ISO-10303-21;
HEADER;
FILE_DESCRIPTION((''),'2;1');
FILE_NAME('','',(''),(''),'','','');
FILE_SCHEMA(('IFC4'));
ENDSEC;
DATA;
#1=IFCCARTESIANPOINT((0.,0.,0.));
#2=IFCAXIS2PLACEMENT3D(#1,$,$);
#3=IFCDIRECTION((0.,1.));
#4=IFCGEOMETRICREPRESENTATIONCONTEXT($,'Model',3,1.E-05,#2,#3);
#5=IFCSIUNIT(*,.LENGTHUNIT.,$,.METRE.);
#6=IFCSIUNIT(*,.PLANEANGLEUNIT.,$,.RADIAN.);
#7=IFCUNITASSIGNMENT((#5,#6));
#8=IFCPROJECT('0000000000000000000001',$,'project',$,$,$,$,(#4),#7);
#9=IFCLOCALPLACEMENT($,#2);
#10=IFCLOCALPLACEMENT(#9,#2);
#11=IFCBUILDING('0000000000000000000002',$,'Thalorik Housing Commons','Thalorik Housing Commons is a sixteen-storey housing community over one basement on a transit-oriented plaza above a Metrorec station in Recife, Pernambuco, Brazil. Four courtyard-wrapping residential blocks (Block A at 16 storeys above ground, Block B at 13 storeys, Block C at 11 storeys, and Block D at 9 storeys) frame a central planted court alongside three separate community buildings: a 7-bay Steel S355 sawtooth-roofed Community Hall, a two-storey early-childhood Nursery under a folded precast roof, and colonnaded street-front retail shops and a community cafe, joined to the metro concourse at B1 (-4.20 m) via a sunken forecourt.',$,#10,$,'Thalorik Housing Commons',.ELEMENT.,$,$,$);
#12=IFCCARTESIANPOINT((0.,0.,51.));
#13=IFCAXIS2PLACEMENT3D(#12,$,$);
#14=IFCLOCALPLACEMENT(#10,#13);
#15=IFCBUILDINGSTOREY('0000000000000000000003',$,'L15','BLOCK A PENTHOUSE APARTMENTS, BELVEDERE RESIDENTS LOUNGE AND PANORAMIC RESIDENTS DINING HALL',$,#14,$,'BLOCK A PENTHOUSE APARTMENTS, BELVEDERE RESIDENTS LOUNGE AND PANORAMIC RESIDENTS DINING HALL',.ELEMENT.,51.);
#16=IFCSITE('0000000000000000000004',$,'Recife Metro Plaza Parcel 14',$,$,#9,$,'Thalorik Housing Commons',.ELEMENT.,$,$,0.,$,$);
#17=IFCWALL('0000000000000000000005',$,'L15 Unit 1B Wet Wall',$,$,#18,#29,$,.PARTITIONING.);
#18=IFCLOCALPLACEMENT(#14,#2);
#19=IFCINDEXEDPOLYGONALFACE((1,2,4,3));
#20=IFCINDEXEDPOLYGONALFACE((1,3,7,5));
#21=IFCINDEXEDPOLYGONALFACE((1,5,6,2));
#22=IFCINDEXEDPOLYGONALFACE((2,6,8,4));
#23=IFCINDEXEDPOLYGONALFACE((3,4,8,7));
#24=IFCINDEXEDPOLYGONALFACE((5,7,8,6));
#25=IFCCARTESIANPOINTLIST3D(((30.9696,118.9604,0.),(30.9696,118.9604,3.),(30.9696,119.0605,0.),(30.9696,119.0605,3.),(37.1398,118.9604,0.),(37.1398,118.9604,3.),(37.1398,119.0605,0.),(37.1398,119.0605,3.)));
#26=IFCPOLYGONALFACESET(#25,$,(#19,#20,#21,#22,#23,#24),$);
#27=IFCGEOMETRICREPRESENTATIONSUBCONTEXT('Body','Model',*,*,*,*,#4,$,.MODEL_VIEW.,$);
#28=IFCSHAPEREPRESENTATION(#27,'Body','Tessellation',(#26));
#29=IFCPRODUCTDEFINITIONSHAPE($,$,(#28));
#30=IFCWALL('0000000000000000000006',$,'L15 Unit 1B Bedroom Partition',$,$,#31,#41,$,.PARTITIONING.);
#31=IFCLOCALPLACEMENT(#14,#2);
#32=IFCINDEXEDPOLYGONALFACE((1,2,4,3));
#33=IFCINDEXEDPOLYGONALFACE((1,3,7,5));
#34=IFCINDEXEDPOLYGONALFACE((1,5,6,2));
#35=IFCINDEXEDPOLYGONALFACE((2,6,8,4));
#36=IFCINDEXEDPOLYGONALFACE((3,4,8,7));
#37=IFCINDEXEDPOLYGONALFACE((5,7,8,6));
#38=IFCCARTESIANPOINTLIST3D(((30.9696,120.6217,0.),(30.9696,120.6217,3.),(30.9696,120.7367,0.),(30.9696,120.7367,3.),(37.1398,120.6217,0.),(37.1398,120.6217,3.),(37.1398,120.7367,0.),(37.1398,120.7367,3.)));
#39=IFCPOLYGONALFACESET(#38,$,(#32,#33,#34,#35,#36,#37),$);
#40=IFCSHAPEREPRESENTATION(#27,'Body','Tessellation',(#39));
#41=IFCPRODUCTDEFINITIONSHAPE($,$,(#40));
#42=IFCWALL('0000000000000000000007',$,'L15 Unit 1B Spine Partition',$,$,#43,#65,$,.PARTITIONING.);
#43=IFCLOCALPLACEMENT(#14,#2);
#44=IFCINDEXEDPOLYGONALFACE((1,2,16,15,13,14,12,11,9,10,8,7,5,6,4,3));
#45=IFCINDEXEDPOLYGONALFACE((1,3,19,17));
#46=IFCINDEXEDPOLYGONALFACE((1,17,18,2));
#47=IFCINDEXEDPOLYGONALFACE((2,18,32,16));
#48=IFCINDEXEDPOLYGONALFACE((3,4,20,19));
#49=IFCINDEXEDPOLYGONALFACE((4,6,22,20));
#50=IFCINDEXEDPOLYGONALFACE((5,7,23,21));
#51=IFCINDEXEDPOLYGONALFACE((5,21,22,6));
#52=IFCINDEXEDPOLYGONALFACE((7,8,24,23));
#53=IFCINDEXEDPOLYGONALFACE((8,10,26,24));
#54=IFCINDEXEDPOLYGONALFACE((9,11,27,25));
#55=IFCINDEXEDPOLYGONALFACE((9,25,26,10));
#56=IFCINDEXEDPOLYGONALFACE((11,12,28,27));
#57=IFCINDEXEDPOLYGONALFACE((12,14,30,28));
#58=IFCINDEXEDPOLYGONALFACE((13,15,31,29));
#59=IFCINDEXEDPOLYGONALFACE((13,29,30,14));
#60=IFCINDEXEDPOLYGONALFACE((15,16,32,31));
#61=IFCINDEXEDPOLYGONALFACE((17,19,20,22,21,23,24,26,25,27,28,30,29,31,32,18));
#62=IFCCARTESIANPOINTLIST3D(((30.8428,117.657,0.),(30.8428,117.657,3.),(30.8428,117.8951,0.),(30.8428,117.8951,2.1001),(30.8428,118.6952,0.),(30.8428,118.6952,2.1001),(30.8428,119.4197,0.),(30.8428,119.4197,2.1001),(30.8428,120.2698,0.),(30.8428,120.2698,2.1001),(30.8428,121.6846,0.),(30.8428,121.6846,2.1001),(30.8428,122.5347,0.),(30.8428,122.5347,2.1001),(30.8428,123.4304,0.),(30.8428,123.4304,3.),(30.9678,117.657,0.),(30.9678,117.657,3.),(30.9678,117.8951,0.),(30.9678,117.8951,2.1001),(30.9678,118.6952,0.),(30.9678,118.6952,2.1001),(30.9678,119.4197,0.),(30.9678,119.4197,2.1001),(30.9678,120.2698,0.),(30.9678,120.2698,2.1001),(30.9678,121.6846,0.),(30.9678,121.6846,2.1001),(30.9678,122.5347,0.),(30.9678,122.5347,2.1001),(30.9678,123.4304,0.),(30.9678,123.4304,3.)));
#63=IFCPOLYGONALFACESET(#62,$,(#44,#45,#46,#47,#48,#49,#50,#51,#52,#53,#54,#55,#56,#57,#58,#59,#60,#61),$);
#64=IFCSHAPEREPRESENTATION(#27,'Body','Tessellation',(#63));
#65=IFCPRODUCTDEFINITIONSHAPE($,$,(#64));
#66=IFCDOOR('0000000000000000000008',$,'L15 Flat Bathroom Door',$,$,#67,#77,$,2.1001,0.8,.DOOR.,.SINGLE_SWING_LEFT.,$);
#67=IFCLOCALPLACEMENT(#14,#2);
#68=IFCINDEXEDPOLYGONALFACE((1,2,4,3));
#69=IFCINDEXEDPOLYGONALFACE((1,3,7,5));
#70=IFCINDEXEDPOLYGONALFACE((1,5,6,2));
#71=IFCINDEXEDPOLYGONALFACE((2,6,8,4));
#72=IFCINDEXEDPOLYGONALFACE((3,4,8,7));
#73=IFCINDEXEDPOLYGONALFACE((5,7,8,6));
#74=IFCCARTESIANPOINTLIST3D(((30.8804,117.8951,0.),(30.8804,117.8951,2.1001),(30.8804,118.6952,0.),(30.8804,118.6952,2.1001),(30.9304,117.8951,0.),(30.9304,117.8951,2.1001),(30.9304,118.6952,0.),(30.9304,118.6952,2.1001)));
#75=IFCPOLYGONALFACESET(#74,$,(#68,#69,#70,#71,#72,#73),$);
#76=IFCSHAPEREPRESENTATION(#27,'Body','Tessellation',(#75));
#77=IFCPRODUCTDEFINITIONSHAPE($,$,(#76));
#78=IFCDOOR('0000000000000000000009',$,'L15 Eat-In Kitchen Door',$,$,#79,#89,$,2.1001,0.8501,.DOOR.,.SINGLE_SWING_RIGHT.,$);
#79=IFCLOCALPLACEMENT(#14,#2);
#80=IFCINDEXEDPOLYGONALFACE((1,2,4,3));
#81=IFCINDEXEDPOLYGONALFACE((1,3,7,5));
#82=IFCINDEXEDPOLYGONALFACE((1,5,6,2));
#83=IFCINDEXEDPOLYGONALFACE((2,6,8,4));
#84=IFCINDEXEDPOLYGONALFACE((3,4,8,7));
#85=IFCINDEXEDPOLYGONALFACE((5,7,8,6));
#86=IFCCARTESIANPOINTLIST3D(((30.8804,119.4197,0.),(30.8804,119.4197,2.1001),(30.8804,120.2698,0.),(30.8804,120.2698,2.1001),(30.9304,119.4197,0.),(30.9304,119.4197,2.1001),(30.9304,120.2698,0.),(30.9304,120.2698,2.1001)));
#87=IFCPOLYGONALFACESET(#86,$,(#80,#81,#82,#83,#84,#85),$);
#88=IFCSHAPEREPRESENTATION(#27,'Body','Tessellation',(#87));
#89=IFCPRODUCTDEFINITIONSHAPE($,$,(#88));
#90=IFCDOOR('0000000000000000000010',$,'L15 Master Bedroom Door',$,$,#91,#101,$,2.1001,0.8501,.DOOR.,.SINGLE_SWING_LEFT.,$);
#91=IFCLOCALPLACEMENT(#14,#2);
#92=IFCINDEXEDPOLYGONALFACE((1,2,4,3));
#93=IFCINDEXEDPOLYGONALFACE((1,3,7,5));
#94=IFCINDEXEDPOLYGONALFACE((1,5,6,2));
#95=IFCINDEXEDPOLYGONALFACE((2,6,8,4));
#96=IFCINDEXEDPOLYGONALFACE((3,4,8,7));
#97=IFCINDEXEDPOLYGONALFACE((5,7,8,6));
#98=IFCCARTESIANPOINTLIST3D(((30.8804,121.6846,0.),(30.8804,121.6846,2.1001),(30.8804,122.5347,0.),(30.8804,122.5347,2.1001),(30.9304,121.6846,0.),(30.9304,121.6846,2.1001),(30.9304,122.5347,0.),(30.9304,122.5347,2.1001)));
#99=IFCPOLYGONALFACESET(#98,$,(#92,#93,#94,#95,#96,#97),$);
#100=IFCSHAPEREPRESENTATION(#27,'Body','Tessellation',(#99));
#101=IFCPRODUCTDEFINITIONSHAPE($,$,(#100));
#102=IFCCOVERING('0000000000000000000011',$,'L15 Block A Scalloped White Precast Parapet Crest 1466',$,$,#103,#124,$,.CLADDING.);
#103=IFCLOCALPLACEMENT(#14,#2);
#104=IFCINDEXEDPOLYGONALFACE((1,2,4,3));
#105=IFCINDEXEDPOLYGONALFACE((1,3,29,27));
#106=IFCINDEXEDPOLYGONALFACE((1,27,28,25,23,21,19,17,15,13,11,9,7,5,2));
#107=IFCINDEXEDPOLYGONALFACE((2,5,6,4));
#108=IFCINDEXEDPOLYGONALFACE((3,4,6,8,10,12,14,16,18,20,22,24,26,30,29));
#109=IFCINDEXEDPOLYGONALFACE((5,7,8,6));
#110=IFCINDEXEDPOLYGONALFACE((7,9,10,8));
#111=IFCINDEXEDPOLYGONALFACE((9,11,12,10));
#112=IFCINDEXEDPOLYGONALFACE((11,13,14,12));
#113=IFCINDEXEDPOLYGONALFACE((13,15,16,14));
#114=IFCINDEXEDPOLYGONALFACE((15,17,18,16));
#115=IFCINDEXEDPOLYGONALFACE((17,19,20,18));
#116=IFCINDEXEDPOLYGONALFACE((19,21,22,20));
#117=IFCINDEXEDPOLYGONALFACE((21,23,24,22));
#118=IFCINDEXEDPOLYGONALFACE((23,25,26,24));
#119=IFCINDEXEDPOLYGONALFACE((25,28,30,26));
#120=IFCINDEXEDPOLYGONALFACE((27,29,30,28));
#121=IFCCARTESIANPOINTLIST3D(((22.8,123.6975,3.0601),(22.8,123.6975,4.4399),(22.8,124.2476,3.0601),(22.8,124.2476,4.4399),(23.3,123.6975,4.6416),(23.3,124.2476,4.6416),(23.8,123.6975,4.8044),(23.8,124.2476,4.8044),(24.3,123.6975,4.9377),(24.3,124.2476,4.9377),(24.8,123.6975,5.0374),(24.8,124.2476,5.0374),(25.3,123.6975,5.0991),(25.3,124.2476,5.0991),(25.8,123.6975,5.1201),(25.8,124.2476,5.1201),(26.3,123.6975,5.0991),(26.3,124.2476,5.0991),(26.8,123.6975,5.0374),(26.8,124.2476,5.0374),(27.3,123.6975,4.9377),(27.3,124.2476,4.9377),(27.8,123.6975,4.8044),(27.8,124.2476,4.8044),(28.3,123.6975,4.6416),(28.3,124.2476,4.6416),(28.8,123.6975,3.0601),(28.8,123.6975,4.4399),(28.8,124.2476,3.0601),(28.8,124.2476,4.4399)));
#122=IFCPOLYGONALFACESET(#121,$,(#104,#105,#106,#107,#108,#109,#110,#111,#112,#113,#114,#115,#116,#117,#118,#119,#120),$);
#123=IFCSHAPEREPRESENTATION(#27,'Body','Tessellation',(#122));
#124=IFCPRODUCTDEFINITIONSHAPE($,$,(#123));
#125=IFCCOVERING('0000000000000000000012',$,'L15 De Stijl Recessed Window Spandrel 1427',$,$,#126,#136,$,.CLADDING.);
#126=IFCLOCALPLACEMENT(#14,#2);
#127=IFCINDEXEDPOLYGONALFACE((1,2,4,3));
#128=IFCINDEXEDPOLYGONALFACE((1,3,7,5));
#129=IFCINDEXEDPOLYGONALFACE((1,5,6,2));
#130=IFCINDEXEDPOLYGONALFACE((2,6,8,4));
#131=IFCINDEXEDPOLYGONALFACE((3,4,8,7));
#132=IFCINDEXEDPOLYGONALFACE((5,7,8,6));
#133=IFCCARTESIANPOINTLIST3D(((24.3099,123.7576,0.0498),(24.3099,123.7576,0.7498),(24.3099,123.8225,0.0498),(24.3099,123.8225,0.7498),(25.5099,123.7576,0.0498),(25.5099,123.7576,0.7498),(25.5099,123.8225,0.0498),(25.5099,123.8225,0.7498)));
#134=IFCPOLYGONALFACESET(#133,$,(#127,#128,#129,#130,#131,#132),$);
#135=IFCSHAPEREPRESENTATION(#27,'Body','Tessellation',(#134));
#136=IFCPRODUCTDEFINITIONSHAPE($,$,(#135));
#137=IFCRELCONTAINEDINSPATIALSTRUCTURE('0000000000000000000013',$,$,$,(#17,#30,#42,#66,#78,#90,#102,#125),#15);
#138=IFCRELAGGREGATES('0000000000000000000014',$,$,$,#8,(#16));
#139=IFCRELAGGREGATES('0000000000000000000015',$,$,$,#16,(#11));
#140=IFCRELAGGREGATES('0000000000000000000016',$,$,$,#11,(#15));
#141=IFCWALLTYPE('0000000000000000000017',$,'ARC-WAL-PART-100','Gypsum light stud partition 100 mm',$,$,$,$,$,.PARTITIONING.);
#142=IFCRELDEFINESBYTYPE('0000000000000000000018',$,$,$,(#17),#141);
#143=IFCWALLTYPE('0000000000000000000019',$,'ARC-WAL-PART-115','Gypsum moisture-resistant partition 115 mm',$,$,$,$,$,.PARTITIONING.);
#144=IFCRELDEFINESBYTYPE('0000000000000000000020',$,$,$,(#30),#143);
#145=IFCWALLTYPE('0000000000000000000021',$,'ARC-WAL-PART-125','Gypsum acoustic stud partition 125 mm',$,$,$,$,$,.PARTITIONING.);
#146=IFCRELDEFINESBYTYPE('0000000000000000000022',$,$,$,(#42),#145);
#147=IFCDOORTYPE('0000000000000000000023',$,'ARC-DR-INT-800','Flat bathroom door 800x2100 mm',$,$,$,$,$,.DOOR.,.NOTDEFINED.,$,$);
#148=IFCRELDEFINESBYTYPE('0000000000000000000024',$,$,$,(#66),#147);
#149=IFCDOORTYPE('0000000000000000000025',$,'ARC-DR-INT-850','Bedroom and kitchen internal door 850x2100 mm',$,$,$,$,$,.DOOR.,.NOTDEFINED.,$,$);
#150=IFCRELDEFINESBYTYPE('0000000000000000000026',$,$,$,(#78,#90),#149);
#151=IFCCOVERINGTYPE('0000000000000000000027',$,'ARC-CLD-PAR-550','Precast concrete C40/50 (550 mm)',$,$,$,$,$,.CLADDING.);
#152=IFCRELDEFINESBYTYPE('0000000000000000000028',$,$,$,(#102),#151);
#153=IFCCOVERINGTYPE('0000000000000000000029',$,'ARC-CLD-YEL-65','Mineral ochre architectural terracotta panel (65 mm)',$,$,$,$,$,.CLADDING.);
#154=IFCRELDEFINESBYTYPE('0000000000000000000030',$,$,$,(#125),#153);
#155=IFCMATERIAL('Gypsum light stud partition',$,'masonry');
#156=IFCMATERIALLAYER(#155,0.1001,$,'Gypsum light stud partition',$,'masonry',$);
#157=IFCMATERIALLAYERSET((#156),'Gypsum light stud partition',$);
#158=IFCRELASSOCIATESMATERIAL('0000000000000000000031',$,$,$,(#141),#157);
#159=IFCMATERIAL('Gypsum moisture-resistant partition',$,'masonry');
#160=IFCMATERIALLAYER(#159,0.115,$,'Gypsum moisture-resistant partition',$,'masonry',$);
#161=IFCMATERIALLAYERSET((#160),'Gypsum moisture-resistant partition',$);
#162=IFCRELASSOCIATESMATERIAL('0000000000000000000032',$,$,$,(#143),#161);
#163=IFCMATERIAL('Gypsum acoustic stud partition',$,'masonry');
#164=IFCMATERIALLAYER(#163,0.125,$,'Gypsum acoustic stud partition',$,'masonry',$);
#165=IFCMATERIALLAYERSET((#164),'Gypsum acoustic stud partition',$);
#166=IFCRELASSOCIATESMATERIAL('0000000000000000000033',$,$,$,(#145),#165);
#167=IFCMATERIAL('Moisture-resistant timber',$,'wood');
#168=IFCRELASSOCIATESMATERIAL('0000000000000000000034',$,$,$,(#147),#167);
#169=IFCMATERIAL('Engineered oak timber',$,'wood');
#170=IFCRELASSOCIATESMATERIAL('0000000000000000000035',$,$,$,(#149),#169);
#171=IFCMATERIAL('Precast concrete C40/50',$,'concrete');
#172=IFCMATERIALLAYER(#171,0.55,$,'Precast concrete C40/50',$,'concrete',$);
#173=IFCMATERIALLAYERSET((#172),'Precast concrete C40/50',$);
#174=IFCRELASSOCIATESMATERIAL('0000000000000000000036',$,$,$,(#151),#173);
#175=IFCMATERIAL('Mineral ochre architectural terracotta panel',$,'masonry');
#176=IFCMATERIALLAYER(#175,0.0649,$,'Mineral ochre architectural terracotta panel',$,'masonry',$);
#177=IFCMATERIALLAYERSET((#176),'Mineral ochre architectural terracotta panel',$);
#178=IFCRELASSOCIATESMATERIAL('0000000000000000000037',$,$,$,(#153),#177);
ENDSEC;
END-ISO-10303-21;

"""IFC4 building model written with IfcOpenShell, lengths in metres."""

from ifc_helpers import new_model, si_unit, direction, frame, frame_2d, origin, origin_2d, place, context, subcontext, project, spatial, polyline, rectangle, outline, extrude, material, layer, layer_set, type_object, element, fill, save


model = new_model("IFC4")

# Units and contexts
model_context = context("Model", 3, precision=1e-05, world=origin(), true_north=direction((0.0, 1.0)))
body_context = subcontext(model_context, "Body", "Model", "MODEL_VIEW")
ifc_project = project(units=[si_unit("LENGTHUNIT", "METRE"), si_unit("PLANEANGLEUNIT", "RADIAN")], contexts=[model_context])

# Site, building, storey
site_placement = place(None, origin())
site = spatial("IfcSite", under=ifc_project, at=site_placement, Name="Recife Metro Plaza Parcel 14", LongName="Thalorik Housing Commons", CompositionType="ELEMENT", RefElevation=0.0)
building_placement = place(site_placement, origin())
building = spatial("IfcBuilding", under=site, at=building_placement, Name="Thalorik Housing Commons", Description="Thalorik Housing Commons is a sixteen-storey housing community over one basement on a transit-oriented plaza above a Metrorec station in Recife, Pernambuco, Brazil. Four courtyard-wrapping residential blocks (Block A at 16 storeys above ground, Block B at 13 storeys, Block C at 11 storeys, and Block D at 9 storeys) frame a central planted court alongside three separate community buildings: a 7-bay Steel S355 sawtooth-roofed Community Hall, a two-storey early-childhood Nursery under a folded precast roof, and colonnaded street-front retail shops and a community cafe, joined to the metro concourse at B1 (-4.20 m) via a sunken forecourt.", LongName="Thalorik Housing Commons", CompositionType="ELEMENT")
storey_placement = place(building_placement, frame((0.0, 0.0, 51.0)))
storey = spatial("IfcBuildingStorey", under=building, at=storey_placement, Name="L15", Description="BLOCK A PENTHOUSE APARTMENTS, BELVEDERE RESIDENTS LOUNGE AND PANORAMIC RESIDENTS DINING HALL", LongName="BLOCK A PENTHOUSE APARTMENTS, BELVEDERE RESIDENTS LOUNGE AND PANORAMIC RESIDENTS DINING HALL", CompositionType="ELEMENT", Elevation=51.0)

# Shared definitions
ifc_material_1 = material(Name="Precast concrete C40/50", Category="concrete")

# Walls
ifc_material_2 = material(Name="Gypsum light stud partition", Category="masonry")
ifc_layer_1 = layer(ifc_material_2, 0.1001, Name="Gypsum light stud partition", Category="masonry")
ifc_layer_set_1 = layer_set([ifc_layer_1], Name="Gypsum light stud partition")
wall_type_1 = type_object("IfcWallType", Name="ARC-WAL-PART-100", Description="Gypsum light stud partition 100 mm", PredefinedType="PARTITIONING", material=ifc_layer_set_1)
wall_1_placement = place(storey_placement, frame((30.9697, 119.0105, 0.0), z_axis=(0.0, 0.0, 1.0), x_axis=(1.0, 0.0, 0.0)))
element("IfcWall", 1, at=wall_1_placement, inside=storey, type_object=wall_type_1, Name="L15 Unit 1B Wet Wall", PredefinedType="PARTITIONING", context=body_context, shape_type="SweptSolid", body=[
    extrude(rectangle(XDim=6.1702, YDim=0.1001, at=frame_2d((3.085, 0.0))), origin(), (0.0, 0.0, 1.0), 3.0),
])
ifc_material_3 = material(Name="Gypsum moisture-resistant partition", Category="masonry")
ifc_layer_2 = layer(ifc_material_3, 0.115, Name="Gypsum moisture-resistant partition", Category="masonry")
ifc_layer_set_2 = layer_set([ifc_layer_2], Name="Gypsum moisture-resistant partition")
wall_type_2 = type_object("IfcWallType", Name="ARC-WAL-PART-115", Description="Gypsum moisture-resistant partition 115 mm", PredefinedType="PARTITIONING", material=ifc_layer_set_2)
wall_2_placement = place(storey_placement, frame((30.9697, 120.6792, 0.0), z_axis=(0.0, 0.0, 1.0), x_axis=(1.0, 0.0, 0.0)))
element("IfcWall", 2, at=wall_2_placement, inside=storey, type_object=wall_type_2, Name="L15 Unit 1B Bedroom Partition", PredefinedType="PARTITIONING", context=body_context, shape_type="SweptSolid", body=[
    extrude(rectangle(XDim=6.1702, YDim=0.115, at=frame_2d((3.085, 0.0))), origin(), (0.0, 0.0, 1.0), 3.0),
])

# Wall, openings, doors
ifc_material_4 = material(Name="Gypsum acoustic stud partition", Category="masonry")
ifc_layer_3 = layer(ifc_material_4, 0.125, Name="Gypsum acoustic stud partition", Category="masonry")
ifc_layer_set_3 = layer_set([ifc_layer_3], Name="Gypsum acoustic stud partition")
wall_type_3 = type_object("IfcWallType", Name="ARC-WAL-PART-125", Description="Gypsum acoustic stud partition 125 mm", PredefinedType="PARTITIONING", material=ifc_layer_set_3)
wall_3_placement = place(storey_placement, frame((30.9053, 117.657, 0.0), z_axis=(0.0, 0.0, 1.0), x_axis=(0.0, 1.0, 0.0)))
wall_3 = element("IfcWall", 3, at=wall_3_placement, inside=storey, type_object=wall_type_3, Name="L15 Unit 1B Spine Partition", PredefinedType="PARTITIONING", context=body_context, shape_type="SweptSolid", body=[
    extrude(rectangle(XDim=5.7734, YDim=0.125, at=frame_2d((2.8867, 0.0))), origin(), (0.0, 0.0, 1.0), 3.0),
])
opening_1_placement = place(wall_3_placement, frame((0.2383, 0.0, 0.0)))
opening_1 = element("IfcOpeningElement", 4, at=opening_1_placement, cuts=wall_3, PredefinedType="OPENING", context=body_context, shape_type="SweptSolid", body=[
    extrude(rectangle(XDim=0.8, YDim=2.1001, at=frame_2d((0.3999, 1.05))), frame((0.0, 0.0725, 0.0), z_axis=(0.0, -1.0, 0.0), x_axis=(1.0, 0.0, 0.0)), (0.0, 0.0, 1.0), 0.145),
])
opening_2_placement = place(wall_3_placement, frame((1.7627, 0.0, 0.0)))
opening_2 = element("IfcOpeningElement", 5, at=opening_2_placement, cuts=wall_3, PredefinedType="OPENING", context=body_context, shape_type="SweptSolid", body=[
    extrude(rectangle(XDim=0.8501, YDim=2.1001, at=frame_2d((0.425, 1.05))), frame((0.0, 0.0725, 0.0), z_axis=(0.0, -1.0, 0.0), x_axis=(1.0, 0.0, 0.0)), (0.0, 0.0, 1.0), 0.145),
])
opening_3_placement = place(wall_3_placement, frame((4.0276, 0.0, 0.0)))
opening_3 = element("IfcOpeningElement", 6, at=opening_3_placement, cuts=wall_3, PredefinedType="OPENING", context=body_context, shape_type="SweptSolid", body=[
    extrude(rectangle(XDim=0.8501, YDim=2.1001, at=frame_2d((0.425, 1.05))), frame((0.0, 0.0725, 0.0), z_axis=(0.0, -1.0, 0.0), x_axis=(1.0, 0.0, 0.0)), (0.0, 0.0, 1.0), 0.145),
])
ifc_material_5 = material(Name="Moisture-resistant timber", Category="wood")
door_type_1 = type_object("IfcDoorType", Name="ARC-DR-INT-800", Description="Flat bathroom door 800x2100 mm", OperationType="NOTDEFINED", PredefinedType="DOOR", material=ifc_material_5)
door_1_placement = place(opening_1_placement, origin())
door_1 = element("IfcDoor", 7, at=door_1_placement, inside=storey, type_object=door_type_1, Name="L15 Flat Bathroom Door", OperationType="SINGLE_SWING_LEFT", OverallHeight=2.1001, OverallWidth=0.8, PredefinedType="DOOR", context=body_context, shape_type="SweptSolid", body=[
    extrude(rectangle(XDim=0.8, YDim=2.1001, at=frame_2d((0.3999, 1.05))), frame((0.0, 0.0249, 0.0), z_axis=(0.0, -1.0, 0.0), x_axis=(1.0, 0.0, 0.0)), (0.0, 0.0, 1.0), 0.05),
])
fill(opening_1, door_1)
ifc_material_6 = material(Name="Engineered oak timber", Category="wood")
door_type_2 = type_object("IfcDoorType", Name="ARC-DR-INT-850", Description="Bedroom and kitchen internal door 850x2100 mm", OperationType="NOTDEFINED", PredefinedType="DOOR", material=ifc_material_6)
door_2_placement = place(opening_2_placement, origin())
door_2 = element("IfcDoor", 8, at=door_2_placement, inside=storey, type_object=door_type_2, Name="L15 Eat-In Kitchen Door", OperationType="SINGLE_SWING_RIGHT", OverallHeight=2.1001, OverallWidth=0.8501, PredefinedType="DOOR", context=body_context, shape_type="SweptSolid", body=[
    extrude(rectangle(XDim=0.8501, YDim=2.1001, at=frame_2d((0.425, 1.05))), frame((0.0, 0.0249, 0.0), z_axis=(0.0, -1.0, 0.0), x_axis=(1.0, 0.0, 0.0)), (0.0, 0.0, 1.0), 0.05),
])
fill(opening_2, door_2)
door_3_placement = place(opening_3_placement, origin())
door_3 = element("IfcDoor", 9, at=door_3_placement, inside=storey, type_object=door_type_2, Name="L15 Master Bedroom Door", OperationType="SINGLE_SWING_LEFT", OverallHeight=2.1001, OverallWidth=0.8501, PredefinedType="DOOR", context=body_context, shape_type="SweptSolid", body=[
    extrude(rectangle(XDim=0.8501, YDim=2.1001, at=frame_2d((0.425, 1.05))), frame((0.0, 0.0249, 0.0), z_axis=(0.0, -1.0, 0.0), x_axis=(1.0, 0.0, 0.0)), (0.0, 0.0, 1.0), 0.05),
])
fill(opening_3, door_3)

# Coverings
ifc_layer_4 = layer(ifc_material_1, 0.55, Name="Precast concrete C40/50", Category="concrete")
ifc_layer_set_4 = layer_set([ifc_layer_4], Name="Precast concrete C40/50")
covering_type_1 = type_object("IfcCoveringType", Name="ARC-CLD-PAR-550", Description="Precast concrete C40/50 (550 mm)", PredefinedType="CLADDING", material=ifc_layer_set_4)
covering_1_placement = place(storey_placement, frame((25.8, 123.9724, 3.0601), z_axis=(0.0, 0.0, 1.0), x_axis=(-1.0, 0.0, 0.0)))
element("IfcCovering", 10, at=covering_1_placement, inside=storey, type_object=covering_type_1, Name="L15 Block A Scalloped White Precast Parapet Crest 1466", PredefinedType="CLADDING", context=body_context, shape_type="SweptSolid", body=[
    extrude(outline(polyline([(-3.0, 0.0), (3.0, 0.0), (3.0, 1.3799), (2.5, 1.5815), (2.0, 1.7444), (1.5, 1.8777), (1.0, 1.9773), (0.5, 2.0391), (0.0, 2.0601), (-0.5, 2.0391), (-1.0, 1.9773), (-1.5, 1.8777), (-2.0, 1.7444), (-2.5, 1.5815), (-3.0, 1.3799), (-3.0, 0.0)])), frame((0.0, 0.2749, 0.0), z_axis=(0.0, -1.0, 0.0), x_axis=(1.0, 0.0, 0.0)), (0.0, 0.0, 1.0), 0.55),
])
ifc_material_7 = material(Name="Mineral ochre architectural terracotta panel", Category="masonry")
ifc_layer_5 = layer(ifc_material_7, 0.0649, Name="Mineral ochre architectural terracotta panel", Category="masonry")
ifc_layer_set_5 = layer_set([ifc_layer_5], Name="Mineral ochre architectural terracotta panel")
covering_type_2 = type_object("IfcCoveringType", Name="ARC-CLD-YEL-65", Description="Mineral ochre architectural terracotta panel (65 mm)", PredefinedType="CLADDING", material=ifc_layer_set_5)
covering_2_placement = place(storey_placement, frame((24.9099, 123.79, 0.0498), z_axis=(0.0, 0.0, 1.0), x_axis=(-1.0, 0.0, 0.0)))
element("IfcCovering", 11, at=covering_2_placement, inside=storey, type_object=covering_type_2, Name="L15 De Stijl Recessed Window Spandrel 1427", PredefinedType="CLADDING", context=body_context, shape_type="SweptSolid", body=[
    extrude(rectangle(XDim=1.2, YDim=0.0649, at=origin_2d()), origin(), (0.0, 0.0, 1.0), 0.7),
])

save(model, "model.ifc")
